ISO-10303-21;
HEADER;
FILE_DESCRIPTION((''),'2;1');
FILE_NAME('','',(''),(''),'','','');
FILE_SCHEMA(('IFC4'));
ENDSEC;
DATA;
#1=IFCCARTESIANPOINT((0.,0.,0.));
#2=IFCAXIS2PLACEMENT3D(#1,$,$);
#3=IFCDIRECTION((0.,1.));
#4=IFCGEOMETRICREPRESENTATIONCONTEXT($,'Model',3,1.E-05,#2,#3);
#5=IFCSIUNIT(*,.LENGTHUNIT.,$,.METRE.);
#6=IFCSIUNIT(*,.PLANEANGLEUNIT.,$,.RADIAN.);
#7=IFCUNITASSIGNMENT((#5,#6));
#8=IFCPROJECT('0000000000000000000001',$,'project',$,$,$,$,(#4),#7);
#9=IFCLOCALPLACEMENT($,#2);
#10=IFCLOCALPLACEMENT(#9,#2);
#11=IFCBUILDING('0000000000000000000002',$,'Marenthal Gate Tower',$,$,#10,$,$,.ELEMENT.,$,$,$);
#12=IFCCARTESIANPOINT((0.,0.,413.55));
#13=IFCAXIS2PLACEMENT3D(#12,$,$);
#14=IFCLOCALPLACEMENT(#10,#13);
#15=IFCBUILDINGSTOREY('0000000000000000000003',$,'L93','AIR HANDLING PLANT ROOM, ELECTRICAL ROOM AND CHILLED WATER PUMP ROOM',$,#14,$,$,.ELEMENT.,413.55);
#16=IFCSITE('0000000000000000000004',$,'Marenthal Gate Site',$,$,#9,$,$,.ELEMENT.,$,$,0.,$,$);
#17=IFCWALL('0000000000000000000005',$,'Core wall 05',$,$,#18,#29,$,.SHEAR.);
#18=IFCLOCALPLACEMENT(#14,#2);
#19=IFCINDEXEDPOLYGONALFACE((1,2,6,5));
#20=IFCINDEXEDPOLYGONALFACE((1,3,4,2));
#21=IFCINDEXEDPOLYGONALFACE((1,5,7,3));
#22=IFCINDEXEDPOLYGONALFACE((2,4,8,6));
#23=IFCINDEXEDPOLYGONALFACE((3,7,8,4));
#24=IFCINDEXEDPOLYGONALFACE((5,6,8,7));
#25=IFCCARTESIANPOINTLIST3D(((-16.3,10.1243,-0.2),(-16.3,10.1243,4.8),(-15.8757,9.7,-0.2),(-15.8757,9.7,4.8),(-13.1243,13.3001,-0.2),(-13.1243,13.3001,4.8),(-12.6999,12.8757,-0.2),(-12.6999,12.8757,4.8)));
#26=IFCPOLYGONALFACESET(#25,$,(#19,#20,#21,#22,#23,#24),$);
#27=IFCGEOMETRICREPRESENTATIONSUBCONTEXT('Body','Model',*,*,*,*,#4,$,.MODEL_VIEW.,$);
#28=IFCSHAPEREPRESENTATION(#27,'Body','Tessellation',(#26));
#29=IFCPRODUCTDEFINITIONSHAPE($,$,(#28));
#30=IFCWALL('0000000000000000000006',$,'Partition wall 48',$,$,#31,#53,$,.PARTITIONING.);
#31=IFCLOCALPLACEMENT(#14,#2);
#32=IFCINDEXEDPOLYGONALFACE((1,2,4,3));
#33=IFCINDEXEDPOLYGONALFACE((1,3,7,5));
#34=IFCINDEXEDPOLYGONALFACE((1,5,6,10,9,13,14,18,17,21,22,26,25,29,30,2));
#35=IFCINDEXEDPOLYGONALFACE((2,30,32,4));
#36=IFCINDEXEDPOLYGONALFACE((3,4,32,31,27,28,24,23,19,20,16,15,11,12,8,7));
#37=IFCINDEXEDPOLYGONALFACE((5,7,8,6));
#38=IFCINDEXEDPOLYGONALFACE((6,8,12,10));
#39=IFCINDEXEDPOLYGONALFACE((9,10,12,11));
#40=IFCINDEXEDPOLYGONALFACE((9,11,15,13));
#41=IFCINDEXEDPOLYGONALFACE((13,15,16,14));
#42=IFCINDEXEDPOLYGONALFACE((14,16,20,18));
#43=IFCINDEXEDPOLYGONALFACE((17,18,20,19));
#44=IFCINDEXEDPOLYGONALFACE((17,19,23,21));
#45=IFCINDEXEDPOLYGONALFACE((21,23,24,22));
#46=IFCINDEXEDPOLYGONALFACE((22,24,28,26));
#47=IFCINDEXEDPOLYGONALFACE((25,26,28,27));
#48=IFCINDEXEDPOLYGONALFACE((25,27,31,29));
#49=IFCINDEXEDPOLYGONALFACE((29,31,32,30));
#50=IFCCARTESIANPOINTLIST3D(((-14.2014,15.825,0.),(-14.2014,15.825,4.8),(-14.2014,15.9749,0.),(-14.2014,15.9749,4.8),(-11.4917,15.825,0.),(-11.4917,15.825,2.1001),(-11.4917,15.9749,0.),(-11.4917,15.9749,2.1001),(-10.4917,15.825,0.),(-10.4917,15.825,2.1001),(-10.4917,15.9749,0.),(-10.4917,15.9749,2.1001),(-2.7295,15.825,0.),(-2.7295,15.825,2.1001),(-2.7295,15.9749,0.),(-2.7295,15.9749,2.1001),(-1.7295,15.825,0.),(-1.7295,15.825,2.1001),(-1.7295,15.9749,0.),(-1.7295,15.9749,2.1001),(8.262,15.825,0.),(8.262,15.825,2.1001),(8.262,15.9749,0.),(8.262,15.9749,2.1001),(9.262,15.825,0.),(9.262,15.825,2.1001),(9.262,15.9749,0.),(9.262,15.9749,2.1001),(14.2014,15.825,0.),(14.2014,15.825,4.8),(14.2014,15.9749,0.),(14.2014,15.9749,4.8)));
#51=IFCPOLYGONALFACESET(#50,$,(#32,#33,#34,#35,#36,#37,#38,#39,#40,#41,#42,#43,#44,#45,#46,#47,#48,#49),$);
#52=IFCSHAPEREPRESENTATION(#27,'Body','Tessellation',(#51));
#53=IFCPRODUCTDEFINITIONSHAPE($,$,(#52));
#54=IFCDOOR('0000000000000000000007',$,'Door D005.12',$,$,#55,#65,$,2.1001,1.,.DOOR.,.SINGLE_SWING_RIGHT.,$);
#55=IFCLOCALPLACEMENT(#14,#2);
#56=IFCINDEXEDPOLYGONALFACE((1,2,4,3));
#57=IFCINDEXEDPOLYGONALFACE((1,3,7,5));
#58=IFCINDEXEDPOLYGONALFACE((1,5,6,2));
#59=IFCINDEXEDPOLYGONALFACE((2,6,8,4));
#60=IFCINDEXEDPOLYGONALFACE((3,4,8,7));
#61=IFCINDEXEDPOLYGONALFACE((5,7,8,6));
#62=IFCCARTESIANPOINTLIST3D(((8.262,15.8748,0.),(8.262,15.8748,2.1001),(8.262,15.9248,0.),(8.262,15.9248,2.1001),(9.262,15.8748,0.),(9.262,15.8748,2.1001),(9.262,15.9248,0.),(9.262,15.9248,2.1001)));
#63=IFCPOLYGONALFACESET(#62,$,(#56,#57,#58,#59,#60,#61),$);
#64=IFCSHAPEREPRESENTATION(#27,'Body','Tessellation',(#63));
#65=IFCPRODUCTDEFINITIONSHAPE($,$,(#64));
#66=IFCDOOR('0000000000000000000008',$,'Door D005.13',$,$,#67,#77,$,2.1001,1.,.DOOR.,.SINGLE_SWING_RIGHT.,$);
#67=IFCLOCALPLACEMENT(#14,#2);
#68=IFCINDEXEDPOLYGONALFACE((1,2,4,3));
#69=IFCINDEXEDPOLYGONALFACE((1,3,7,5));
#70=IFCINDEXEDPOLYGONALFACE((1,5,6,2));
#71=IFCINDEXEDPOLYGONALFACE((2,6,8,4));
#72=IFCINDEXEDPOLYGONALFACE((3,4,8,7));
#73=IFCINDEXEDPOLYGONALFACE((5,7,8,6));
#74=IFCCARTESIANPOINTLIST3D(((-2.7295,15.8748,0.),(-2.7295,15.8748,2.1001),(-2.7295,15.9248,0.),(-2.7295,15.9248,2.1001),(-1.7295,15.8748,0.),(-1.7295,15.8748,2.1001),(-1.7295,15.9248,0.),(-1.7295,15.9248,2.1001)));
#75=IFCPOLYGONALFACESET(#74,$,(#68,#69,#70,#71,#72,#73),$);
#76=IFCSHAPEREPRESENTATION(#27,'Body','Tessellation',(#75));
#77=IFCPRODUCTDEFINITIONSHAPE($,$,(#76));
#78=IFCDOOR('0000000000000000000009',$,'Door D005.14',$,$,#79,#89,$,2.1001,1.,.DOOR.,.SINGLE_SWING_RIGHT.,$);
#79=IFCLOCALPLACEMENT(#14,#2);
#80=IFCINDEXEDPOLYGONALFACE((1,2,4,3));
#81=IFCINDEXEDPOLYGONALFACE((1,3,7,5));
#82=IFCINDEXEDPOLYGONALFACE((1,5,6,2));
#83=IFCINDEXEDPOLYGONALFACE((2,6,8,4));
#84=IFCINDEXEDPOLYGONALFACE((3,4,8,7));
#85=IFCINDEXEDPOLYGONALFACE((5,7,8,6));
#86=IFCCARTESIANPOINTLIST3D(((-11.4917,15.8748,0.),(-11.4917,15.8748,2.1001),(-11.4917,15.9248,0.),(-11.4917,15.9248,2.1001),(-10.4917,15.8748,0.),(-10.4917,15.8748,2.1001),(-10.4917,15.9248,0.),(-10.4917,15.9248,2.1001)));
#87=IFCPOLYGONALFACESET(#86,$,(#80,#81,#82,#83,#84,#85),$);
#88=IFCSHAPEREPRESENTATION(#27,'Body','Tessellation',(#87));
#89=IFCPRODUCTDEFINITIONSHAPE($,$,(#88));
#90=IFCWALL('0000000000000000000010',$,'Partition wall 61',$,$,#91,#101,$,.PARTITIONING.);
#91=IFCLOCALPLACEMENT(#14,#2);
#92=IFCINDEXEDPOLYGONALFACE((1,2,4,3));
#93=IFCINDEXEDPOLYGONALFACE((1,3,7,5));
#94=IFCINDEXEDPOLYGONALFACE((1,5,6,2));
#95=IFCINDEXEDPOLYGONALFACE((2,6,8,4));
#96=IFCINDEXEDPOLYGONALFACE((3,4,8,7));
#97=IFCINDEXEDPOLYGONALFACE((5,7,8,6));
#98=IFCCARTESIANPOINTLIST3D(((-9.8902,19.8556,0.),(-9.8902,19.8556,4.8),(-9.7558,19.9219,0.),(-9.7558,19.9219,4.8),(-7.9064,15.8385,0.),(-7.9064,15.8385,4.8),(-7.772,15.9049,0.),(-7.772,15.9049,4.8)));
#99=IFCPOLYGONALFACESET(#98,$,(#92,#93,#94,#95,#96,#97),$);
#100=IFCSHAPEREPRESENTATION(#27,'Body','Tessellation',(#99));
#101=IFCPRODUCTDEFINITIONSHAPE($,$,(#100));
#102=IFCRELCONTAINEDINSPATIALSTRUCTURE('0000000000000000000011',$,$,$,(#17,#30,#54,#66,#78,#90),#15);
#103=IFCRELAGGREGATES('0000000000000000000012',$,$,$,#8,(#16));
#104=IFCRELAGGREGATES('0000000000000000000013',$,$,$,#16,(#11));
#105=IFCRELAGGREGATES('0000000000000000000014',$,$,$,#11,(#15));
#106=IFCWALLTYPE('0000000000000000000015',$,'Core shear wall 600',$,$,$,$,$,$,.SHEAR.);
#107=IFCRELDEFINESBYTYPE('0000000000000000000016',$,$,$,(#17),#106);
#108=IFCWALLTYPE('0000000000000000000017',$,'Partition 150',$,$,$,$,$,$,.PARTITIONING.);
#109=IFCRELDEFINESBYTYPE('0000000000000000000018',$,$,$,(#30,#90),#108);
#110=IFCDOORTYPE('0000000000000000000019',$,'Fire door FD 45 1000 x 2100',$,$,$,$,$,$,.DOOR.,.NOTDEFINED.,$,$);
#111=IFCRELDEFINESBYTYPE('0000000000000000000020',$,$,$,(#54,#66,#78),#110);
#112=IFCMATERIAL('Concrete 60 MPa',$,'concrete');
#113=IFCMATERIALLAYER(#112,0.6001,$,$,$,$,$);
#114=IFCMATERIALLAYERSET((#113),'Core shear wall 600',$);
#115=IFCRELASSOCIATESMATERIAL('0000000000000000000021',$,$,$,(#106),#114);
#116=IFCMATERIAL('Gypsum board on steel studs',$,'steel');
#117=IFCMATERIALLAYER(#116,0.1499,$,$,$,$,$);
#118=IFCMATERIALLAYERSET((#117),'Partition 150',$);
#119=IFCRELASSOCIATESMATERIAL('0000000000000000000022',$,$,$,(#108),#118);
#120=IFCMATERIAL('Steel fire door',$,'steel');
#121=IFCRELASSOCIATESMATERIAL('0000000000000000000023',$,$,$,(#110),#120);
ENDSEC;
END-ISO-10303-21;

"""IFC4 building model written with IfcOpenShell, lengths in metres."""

from ifc_helpers import new_model, si_unit, direction, frame, frame_2d, origin, place, context, subcontext, project, spatial, rectangle, extrude, material, layer, layer_set, type_object, element, fill, save


model = new_model("IFC4")

# Units and contexts
model_context = context("Model", 3, precision=1e-05, world=origin(), true_north=direction((0.0, 1.0)))
body_context = subcontext(model_context, "Body", "Model", "MODEL_VIEW")
ifc_project = project(units=[si_unit("LENGTHUNIT", "METRE"), si_unit("PLANEANGLEUNIT", "RADIAN")], contexts=[model_context])

# Site, building, storey
site_placement = place(None, origin())
site = spatial("IfcSite", under=ifc_project, at=site_placement, Name="Marenthal Gate Site", CompositionType="ELEMENT", RefElevation=0.0)
building_placement = place(site_placement, origin())
building = spatial("IfcBuilding", under=site, at=building_placement, Name="Marenthal Gate Tower", CompositionType="ELEMENT")
storey_placement = place(building_placement, frame((0.0, 0.0, 413.55)))
storey = spatial("IfcBuildingStorey", under=building, at=storey_placement, Name="L93", Description="AIR HANDLING PLANT ROOM, ELECTRICAL ROOM AND CHILLED WATER PUMP ROOM", CompositionType="ELEMENT", Elevation=413.55)

# Wall
ifc_material_1 = material(Name="Concrete 60 MPa", Category="concrete")
ifc_layer_1 = layer(ifc_material_1, 0.6001)
ifc_layer_set_1 = layer_set([ifc_layer_1], Name="Core shear wall 600")
wall_type_1 = type_object("IfcWallType", Name="Core shear wall 600", PredefinedType="SHEAR", material=ifc_layer_set_1)
wall_1_placement = place(storey_placement, frame((-12.9121, 13.0879, -0.2), z_axis=(0.0, 0.0, 1.0), x_axis=(-0.707107, -0.707107, 0.0)))
element("IfcWall", 1, at=wall_1_placement, inside=storey, type_object=wall_type_1, Name="Core wall 05", PredefinedType="SHEAR", context=body_context, shape_type="SweptSolid", body=[
    extrude(rectangle(XDim=4.4912, YDim=0.6001, at=frame_2d((2.2456, 0.0))), origin(), (0.0, 0.0, 1.0), 5.0),
])

# Wall, openings, doors
ifc_material_2 = material(Name="Gypsum board on steel studs", Category="steel")
ifc_layer_2 = layer(ifc_material_2, 0.1499)
ifc_layer_set_2 = layer_set([ifc_layer_2], Name="Partition 150")
wall_type_2 = type_object("IfcWallType", Name="Partition 150", PredefinedType="PARTITIONING", material=ifc_layer_set_2)
wall_2_placement = place(storey_placement, frame((-14.2014, 15.8999, 0.0), z_axis=(0.0, 0.0, 1.0), x_axis=(1.0, 0.0, 0.0)))
wall_2 = element("IfcWall", 2, at=wall_2_placement, inside=storey, type_object=wall_type_2, Name="Partition wall 48", PredefinedType="PARTITIONING", context=body_context, shape_type="SweptSolid", body=[
    extrude(rectangle(XDim=28.4028, YDim=0.1499, at=frame_2d((14.2014, 0.0))), origin(), (0.0, 0.0, 1.0), 4.8),
])
opening_1_placement = place(wall_2_placement, frame((22.4634, 0.0, 0.0)))
opening_1 = element("IfcOpeningElement", 3, at=opening_1_placement, cuts=wall_2, PredefinedType="OPENING", context=body_context, shape_type="SweptSolid", body=[
    extrude(rectangle(XDim=1.0, YDim=2.1001, at=frame_2d((0.5, 1.05))), frame((0.0, 0.085, 0.0), z_axis=(0.0, -1.0, 0.0), x_axis=(1.0, 0.0, 0.0)), (0.0, 0.0, 1.0), 0.1699),
])
opening_2_placement = place(wall_2_placement, frame((11.4719, 0.0, 0.0)))
opening_2 = element("IfcOpeningElement", 4, at=opening_2_placement, cuts=wall_2, PredefinedType="OPENING", context=body_context, shape_type="SweptSolid", body=[
    extrude(rectangle(XDim=1.0, YDim=2.1001, at=frame_2d((0.5, 1.05))), frame((0.0, 0.085, 0.0), z_axis=(0.0, -1.0, 0.0), x_axis=(1.0, 0.0, 0.0)), (0.0, 0.0, 1.0), 0.1699),
])
opening_3_placement = place(wall_2_placement, frame((2.7097, 0.0, 0.0)))
opening_3 = element("IfcOpeningElement", 5, at=opening_3_placement, cuts=wall_2, PredefinedType="OPENING", context=body_context, shape_type="SweptSolid", body=[
    extrude(rectangle(XDim=1.0, YDim=2.1001, at=frame_2d((0.5, 1.05))), frame((0.0, 0.085, 0.0), z_axis=(0.0, -1.0, 0.0), x_axis=(1.0, 0.0, 0.0)), (0.0, 0.0, 1.0), 0.1699),
])
ifc_material_3 = material(Name="Steel fire door", Category="steel")
door_type = type_object("IfcDoorType", Name="Fire door FD 45 1000 x 2100", OperationType="NOTDEFINED", PredefinedType="DOOR", material=ifc_material_3)
door_1_placement = place(opening_1_placement, origin())
door_1 = element("IfcDoor", 6, at=door_1_placement, inside=storey, type_object=door_type, Name="Door D005.12", OperationType="SINGLE_SWING_RIGHT", OverallHeight=2.1001, OverallWidth=1.0, PredefinedType="DOOR", context=body_context, shape_type="SweptSolid", body=[
    extrude(rectangle(XDim=1.0, YDim=2.1001, at=frame_2d((0.5, 1.05))), frame((0.0, 0.0249, 0.0), z_axis=(0.0, -1.0, 0.0), x_axis=(1.0, 0.0, 0.0)), (0.0, 0.0, 1.0), 0.05),
])
fill(opening_1, door_1)
door_2_placement = place(opening_2_placement, origin())
door_2 = element("IfcDoor", 7, at=door_2_placement, inside=storey, type_object=door_type, Name="Door D005.13", OperationType="SINGLE_SWING_RIGHT", OverallHeight=2.1001, OverallWidth=1.0, PredefinedType="DOOR", context=body_context, shape_type="SweptSolid", body=[
    extrude(rectangle(XDim=1.0, YDim=2.1001, at=frame_2d((0.5, 1.05))), frame((0.0, 0.0249, 0.0), z_axis=(0.0, -1.0, 0.0), x_axis=(1.0, 0.0, 0.0)), (0.0, 0.0, 1.0), 0.05),
])
fill(opening_2, door_2)
door_3_placement = place(opening_3_placement, origin())
door_3 = element("IfcDoor", 8, at=door_3_placement, inside=storey, type_object=door_type, Name="Door D005.14", OperationType="SINGLE_SWING_RIGHT", OverallHeight=2.1001, OverallWidth=1.0, PredefinedType="DOOR", context=body_context, shape_type="SweptSolid", body=[
    extrude(rectangle(XDim=1.0, YDim=2.1001, at=frame_2d((0.5, 1.05))), frame((0.0, 0.0249, 0.0), z_axis=(0.0, -1.0, 0.0), x_axis=(1.0, 0.0, 0.0)), (0.0, 0.0, 1.0), 0.05),
])
fill(opening_3, door_3)

# Wall
wall_3_placement = place(storey_placement, frame((-7.8391, 15.8716, 0.0), z_axis=(0.0, 0.0, 1.0), x_axis=(-0.442805, 0.896618, 0.0)))
element("IfcWall", 9, at=wall_3_placement, inside=storey, type_object=wall_type_2, Name="Partition wall 61", PredefinedType="PARTITIONING", context=body_context, shape_type="SweptSolid", body=[
    extrude(rectangle(XDim=4.4802, YDim=0.1499, at=frame_2d((2.2402, 0.0))), origin(), (0.0, 0.0, 1.0), 4.8),
])

save(model, "model.ifc")
